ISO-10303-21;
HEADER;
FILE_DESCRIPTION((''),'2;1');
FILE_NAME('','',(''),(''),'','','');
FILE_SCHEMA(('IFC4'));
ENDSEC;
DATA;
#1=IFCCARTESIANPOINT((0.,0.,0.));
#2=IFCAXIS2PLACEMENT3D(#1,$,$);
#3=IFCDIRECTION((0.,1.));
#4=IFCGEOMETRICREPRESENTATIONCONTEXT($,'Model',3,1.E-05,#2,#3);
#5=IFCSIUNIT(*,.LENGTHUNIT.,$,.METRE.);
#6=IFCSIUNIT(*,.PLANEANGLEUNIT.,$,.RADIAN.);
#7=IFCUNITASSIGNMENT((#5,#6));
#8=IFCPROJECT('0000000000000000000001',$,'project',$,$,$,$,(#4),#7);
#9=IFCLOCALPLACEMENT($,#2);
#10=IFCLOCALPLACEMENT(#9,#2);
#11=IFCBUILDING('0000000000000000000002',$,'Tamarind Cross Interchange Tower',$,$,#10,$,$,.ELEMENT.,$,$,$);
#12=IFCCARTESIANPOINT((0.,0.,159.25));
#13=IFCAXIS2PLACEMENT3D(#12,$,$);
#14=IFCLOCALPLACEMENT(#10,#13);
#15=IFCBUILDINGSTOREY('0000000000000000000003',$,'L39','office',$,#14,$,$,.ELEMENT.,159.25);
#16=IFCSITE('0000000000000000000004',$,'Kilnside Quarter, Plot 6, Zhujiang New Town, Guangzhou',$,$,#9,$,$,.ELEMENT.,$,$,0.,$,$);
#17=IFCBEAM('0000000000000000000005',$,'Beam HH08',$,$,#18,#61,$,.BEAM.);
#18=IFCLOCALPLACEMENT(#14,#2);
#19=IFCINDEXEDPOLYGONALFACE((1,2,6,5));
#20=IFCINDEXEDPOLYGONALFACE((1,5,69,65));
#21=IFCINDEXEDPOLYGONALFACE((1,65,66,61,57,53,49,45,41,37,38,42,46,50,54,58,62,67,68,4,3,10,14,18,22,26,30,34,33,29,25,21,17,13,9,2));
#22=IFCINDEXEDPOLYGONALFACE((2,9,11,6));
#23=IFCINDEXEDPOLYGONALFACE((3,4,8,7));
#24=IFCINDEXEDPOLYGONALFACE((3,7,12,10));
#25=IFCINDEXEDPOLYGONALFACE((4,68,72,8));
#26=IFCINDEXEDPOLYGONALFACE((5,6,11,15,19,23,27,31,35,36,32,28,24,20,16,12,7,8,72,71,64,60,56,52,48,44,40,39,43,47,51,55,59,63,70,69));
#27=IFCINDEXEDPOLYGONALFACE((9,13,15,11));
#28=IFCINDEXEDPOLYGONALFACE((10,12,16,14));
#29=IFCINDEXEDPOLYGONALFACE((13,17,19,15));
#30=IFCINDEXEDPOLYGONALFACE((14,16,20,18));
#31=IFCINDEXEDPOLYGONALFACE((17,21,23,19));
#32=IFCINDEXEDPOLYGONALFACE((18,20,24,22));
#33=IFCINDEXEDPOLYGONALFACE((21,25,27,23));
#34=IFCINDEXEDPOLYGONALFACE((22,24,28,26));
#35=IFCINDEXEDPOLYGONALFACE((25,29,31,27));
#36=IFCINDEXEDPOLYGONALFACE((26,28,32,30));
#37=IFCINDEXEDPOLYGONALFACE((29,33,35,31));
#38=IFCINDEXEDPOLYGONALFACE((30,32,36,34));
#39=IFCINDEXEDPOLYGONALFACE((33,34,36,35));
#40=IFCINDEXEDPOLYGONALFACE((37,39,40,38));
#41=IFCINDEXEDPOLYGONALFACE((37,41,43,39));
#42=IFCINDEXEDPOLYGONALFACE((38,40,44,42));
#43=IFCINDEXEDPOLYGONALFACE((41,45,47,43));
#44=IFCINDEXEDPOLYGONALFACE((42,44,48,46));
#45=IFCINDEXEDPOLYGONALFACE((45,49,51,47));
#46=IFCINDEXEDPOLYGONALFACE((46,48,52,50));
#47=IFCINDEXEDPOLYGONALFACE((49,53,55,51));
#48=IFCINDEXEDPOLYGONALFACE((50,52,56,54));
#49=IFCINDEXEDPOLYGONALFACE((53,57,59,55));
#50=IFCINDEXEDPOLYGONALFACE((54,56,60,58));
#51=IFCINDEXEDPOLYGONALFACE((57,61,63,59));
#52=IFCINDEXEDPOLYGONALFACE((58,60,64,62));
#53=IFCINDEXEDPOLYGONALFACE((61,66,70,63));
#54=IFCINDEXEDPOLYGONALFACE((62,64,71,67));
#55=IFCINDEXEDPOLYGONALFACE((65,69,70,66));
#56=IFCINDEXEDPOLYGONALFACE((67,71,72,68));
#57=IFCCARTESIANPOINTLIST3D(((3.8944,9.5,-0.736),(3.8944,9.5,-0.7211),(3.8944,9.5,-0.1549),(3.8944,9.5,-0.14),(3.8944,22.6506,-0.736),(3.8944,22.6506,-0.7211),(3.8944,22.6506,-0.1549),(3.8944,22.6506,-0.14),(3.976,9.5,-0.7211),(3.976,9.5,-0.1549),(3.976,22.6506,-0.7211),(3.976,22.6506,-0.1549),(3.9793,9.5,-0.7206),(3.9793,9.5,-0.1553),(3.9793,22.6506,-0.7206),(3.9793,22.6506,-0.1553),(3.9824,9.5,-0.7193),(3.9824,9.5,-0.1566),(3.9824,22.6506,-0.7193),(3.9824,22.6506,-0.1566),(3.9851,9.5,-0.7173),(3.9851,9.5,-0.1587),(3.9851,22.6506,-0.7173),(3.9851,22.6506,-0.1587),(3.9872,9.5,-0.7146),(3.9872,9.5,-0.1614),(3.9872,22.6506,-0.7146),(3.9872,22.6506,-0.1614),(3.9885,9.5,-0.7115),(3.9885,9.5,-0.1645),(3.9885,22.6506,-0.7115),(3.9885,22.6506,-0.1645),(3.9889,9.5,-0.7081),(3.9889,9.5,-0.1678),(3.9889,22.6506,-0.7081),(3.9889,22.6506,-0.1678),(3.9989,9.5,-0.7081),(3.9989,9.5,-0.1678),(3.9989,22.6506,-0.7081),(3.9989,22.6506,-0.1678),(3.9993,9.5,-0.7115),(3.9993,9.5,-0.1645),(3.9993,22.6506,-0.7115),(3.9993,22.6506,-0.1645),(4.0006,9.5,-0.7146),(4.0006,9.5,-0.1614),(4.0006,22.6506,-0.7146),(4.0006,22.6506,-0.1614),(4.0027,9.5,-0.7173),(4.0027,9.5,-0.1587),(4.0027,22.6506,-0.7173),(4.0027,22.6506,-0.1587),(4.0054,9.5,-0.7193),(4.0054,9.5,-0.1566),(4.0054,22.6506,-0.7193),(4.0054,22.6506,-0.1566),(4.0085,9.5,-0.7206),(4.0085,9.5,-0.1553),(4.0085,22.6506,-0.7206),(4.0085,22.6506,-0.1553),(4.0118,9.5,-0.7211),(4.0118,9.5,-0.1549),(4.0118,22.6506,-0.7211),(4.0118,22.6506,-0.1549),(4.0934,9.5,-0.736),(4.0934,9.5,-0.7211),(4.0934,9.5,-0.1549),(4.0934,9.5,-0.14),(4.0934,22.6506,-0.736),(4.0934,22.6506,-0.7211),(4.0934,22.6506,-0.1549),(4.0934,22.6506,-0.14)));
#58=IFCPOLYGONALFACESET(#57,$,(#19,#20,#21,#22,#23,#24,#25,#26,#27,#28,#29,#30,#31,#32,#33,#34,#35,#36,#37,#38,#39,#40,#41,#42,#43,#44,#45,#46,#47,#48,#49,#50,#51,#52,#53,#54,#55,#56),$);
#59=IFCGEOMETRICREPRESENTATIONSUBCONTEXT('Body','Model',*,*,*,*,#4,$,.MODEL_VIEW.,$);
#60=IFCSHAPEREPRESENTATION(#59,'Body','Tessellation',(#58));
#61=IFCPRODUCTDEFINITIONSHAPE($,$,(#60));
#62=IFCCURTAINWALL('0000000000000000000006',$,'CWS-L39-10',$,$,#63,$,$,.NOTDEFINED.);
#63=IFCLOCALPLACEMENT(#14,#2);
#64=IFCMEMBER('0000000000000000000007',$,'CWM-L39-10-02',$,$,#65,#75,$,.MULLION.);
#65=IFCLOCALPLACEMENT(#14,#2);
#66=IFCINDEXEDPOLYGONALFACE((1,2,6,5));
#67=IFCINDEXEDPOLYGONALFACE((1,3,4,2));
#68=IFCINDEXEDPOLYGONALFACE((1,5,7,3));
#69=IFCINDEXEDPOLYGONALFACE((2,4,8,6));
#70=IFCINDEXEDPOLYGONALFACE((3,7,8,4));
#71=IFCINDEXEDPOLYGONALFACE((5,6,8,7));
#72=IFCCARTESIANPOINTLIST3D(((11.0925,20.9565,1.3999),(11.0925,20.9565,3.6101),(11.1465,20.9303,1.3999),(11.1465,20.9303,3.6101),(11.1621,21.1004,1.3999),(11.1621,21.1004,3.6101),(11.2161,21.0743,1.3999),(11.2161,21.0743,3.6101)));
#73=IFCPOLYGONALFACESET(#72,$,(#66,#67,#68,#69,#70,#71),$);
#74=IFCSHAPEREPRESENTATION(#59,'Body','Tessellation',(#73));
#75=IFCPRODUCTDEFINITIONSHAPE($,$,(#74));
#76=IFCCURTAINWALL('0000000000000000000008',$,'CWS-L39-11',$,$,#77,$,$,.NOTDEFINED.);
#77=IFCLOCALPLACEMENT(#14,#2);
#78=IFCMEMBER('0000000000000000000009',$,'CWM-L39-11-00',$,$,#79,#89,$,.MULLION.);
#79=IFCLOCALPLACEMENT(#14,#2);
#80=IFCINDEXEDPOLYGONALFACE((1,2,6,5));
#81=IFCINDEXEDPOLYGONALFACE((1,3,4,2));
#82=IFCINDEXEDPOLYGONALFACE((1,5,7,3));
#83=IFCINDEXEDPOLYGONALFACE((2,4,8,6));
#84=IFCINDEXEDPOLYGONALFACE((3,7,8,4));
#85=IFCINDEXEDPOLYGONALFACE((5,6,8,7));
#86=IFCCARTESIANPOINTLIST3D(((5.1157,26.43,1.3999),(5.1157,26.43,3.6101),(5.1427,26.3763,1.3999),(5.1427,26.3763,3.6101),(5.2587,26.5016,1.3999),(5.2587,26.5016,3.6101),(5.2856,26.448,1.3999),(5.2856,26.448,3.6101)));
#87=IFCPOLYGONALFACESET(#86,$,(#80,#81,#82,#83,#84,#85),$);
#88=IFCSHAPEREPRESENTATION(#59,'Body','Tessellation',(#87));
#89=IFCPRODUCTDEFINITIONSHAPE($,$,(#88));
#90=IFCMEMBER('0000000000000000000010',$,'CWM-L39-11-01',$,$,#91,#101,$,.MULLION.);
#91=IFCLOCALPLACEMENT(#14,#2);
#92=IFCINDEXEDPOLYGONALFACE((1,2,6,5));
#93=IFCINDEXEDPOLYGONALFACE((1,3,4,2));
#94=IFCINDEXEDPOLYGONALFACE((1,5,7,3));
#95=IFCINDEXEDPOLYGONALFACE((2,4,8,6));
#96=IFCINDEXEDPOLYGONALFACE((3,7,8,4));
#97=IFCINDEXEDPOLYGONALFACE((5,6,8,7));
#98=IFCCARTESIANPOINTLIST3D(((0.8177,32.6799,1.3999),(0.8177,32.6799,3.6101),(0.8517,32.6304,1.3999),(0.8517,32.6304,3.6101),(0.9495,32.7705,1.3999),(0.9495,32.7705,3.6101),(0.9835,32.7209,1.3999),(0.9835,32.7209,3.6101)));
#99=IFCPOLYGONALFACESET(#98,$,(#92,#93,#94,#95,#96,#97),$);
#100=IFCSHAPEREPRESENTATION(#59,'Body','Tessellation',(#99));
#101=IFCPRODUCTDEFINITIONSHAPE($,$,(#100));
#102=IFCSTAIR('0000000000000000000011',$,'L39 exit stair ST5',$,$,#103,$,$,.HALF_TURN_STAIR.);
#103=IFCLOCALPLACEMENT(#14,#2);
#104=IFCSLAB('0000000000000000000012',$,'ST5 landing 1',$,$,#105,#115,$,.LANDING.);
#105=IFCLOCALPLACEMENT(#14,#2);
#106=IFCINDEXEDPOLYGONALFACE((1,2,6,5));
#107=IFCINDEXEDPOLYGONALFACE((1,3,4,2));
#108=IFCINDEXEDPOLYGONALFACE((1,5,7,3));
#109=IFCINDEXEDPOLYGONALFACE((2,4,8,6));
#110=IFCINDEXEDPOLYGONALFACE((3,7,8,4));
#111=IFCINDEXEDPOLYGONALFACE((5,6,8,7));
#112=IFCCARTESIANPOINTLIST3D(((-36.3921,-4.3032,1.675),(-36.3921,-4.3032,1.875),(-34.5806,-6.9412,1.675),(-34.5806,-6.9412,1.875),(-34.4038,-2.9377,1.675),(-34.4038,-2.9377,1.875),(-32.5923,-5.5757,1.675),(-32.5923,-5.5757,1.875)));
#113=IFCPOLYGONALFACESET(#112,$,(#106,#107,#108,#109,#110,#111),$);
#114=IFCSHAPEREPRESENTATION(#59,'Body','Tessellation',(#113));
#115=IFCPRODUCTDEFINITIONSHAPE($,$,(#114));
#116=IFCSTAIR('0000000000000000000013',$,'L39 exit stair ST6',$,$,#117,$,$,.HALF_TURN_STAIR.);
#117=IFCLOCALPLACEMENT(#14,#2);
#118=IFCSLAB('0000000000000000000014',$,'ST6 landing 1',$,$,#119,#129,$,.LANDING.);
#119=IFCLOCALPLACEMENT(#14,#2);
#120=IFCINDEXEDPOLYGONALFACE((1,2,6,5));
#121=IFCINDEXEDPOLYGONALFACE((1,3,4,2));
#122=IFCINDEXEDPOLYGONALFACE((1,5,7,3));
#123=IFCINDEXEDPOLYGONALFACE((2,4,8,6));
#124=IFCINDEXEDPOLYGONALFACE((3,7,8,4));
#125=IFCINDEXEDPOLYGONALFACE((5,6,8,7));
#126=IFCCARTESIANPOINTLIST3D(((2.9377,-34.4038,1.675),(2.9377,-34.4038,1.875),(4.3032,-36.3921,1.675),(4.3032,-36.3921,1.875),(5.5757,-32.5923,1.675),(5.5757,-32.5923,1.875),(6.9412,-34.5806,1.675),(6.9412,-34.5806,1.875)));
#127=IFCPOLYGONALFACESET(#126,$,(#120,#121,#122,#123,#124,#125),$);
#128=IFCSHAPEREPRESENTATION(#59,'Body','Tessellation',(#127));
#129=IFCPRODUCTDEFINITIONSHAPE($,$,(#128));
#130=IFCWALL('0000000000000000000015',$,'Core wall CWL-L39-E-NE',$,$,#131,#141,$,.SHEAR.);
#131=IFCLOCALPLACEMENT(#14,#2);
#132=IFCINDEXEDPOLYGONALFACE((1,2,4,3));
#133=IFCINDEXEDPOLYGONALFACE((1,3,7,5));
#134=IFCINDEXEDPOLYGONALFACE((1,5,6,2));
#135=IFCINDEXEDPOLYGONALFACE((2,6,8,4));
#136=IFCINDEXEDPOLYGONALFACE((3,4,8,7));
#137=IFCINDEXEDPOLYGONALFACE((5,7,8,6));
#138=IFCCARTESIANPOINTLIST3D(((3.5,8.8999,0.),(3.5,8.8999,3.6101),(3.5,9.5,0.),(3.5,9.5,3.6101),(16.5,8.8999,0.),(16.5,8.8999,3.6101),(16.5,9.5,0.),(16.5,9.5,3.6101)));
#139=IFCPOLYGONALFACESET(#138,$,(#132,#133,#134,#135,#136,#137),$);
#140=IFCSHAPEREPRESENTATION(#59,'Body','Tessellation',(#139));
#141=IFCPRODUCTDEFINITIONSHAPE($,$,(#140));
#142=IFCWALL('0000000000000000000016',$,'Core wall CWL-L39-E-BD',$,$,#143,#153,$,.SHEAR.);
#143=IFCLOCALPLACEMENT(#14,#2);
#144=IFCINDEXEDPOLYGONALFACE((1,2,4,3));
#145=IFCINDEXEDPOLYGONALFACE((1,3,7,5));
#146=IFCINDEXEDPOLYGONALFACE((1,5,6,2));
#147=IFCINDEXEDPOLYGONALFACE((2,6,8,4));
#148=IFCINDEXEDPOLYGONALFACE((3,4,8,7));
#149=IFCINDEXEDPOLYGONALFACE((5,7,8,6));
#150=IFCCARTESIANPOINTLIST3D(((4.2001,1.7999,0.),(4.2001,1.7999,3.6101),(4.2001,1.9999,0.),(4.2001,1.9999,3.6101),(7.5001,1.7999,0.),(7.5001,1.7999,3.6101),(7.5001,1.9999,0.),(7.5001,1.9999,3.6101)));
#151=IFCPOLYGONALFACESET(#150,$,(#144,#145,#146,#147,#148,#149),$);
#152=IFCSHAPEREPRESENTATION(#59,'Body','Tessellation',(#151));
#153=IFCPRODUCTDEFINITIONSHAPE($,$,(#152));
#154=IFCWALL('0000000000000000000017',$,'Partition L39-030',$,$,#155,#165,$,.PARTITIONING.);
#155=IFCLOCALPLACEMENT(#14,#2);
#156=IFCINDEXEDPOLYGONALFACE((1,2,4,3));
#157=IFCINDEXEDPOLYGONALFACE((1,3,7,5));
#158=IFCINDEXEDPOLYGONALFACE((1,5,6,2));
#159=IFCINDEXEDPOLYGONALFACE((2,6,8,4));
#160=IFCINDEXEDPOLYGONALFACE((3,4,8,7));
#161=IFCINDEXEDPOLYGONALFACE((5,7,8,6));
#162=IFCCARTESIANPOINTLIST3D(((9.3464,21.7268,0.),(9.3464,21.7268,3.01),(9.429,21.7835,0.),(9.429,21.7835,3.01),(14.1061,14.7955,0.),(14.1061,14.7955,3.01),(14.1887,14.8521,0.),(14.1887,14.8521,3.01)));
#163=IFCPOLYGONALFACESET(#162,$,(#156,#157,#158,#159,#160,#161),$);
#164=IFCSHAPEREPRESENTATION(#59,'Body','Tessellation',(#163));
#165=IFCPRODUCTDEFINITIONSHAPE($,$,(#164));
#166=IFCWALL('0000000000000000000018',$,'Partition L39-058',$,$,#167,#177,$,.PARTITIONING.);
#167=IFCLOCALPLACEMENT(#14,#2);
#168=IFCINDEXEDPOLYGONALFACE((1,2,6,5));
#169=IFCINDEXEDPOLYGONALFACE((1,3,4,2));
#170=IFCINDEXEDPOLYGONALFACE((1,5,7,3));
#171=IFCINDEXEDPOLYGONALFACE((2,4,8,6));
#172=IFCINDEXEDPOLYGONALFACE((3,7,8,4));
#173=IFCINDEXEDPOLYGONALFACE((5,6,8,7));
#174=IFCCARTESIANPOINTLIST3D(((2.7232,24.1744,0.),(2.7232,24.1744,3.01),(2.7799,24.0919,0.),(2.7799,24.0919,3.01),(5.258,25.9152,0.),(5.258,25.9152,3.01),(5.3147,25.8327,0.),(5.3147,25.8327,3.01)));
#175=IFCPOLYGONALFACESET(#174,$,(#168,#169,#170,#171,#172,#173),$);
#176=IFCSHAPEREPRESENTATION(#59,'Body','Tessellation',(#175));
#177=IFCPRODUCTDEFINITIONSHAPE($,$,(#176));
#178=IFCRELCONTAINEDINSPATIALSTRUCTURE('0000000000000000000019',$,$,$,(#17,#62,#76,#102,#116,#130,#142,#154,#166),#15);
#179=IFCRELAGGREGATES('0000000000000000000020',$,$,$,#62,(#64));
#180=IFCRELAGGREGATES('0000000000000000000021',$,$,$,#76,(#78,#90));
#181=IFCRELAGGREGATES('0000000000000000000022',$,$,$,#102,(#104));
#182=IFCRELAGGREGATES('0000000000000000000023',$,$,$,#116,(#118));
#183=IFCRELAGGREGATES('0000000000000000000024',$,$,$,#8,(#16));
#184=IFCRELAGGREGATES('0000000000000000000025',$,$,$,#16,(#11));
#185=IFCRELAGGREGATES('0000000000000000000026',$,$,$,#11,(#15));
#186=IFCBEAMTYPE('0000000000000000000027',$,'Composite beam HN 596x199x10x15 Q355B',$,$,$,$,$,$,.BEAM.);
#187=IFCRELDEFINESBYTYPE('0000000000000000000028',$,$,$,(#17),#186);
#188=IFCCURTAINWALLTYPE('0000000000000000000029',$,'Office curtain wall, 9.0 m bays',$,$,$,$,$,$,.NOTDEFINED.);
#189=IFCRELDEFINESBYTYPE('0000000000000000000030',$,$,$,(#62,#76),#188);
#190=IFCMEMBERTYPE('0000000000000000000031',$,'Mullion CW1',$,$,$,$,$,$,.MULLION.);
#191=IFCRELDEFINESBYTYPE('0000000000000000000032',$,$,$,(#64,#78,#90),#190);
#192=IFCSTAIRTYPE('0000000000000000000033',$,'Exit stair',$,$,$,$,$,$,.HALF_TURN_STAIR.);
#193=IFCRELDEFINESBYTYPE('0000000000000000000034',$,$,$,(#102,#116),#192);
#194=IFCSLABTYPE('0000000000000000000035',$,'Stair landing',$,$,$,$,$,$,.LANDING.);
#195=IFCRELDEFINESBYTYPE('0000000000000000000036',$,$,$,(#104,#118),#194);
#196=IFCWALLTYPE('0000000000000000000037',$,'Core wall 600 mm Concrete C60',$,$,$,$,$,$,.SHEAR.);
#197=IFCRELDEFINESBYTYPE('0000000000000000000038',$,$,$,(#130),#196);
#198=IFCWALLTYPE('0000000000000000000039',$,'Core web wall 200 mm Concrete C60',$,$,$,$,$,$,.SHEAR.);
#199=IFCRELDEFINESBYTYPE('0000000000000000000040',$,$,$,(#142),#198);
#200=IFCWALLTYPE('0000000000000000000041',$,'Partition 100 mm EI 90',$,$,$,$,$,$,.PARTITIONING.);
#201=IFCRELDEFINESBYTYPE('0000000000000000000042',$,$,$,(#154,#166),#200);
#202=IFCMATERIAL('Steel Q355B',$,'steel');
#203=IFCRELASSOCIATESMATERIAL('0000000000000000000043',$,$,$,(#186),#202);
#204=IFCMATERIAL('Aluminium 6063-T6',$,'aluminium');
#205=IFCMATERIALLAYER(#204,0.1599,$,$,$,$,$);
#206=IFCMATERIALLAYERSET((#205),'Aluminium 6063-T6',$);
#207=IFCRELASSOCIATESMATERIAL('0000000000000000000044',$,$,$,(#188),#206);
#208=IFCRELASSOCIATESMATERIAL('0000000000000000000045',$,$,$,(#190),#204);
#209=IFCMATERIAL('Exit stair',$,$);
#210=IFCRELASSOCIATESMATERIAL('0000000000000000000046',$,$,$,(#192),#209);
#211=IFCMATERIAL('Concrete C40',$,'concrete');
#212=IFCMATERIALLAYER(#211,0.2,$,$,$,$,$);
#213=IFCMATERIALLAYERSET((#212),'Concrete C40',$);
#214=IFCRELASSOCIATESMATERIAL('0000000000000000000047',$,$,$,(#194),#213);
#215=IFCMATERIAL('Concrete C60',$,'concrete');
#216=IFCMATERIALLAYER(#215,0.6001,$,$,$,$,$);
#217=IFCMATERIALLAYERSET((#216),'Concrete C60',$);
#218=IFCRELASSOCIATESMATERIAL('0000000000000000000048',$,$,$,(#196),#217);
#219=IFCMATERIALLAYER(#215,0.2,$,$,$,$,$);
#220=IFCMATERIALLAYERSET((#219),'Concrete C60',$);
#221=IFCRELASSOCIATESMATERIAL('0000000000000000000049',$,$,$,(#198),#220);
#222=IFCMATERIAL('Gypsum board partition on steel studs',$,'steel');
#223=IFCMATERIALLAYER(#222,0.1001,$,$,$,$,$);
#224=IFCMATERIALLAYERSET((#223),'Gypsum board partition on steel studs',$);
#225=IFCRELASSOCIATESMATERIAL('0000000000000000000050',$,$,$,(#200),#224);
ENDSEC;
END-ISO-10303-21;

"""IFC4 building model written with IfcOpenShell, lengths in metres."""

from ifc_helpers import new_model, si_unit, direction, frame, frame_2d, origin, origin_2d, place, context, subcontext, project, spatial, polyline, rectangle, i_section, outline, extrude, material, layer, layer_set, material_profile, profile_set, type_object, element, aggregate, save


model = new_model("IFC4")

# Units and contexts
model_context = context("Model", 3, precision=1e-05, world=origin(), true_north=direction((0.0, 1.0)))
body_context = subcontext(model_context, "Body", "Model", "MODEL_VIEW")
ifc_project = project(units=[si_unit("LENGTHUNIT", "METRE"), si_unit("PLANEANGLEUNIT", "RADIAN")], contexts=[model_context])

# Site, building, storey
site_placement = place(None, origin())
site = spatial("IfcSite", under=ifc_project, at=site_placement, Name="Kilnside Quarter, Plot 6, Zhujiang New Town, Guangzhou", CompositionType="ELEMENT", RefElevation=0.0)
building_placement = place(site_placement, origin())
building = spatial("IfcBuilding", under=site, at=building_placement, Name="Tamarind Cross Interchange Tower", CompositionType="ELEMENT")
storey_placement = place(building_placement, frame((0.0, 0.0, 159.25)))
storey = spatial("IfcBuildingStorey", under=building, at=storey_placement, Name="L39", Description="office", CompositionType="ELEMENT", Elevation=159.25)

# Shared definitions
ifc_material_1 = material(Name="Concrete C60", Category="concrete")

# Beam
ifc_material_2 = material(Name="Steel Q355B", Category="steel")
ifc_material_profile_1 = material_profile(ifc_material_2, i_section(OverallWidth=0.199, OverallDepth=0.5959, WebThickness=0.01, FlangeThickness=0.0149, FilletRadius=0.0129, at=origin_2d()), Name="HN 596x199x10x15")
ifc_profile_set_1 = profile_set([ifc_material_profile_1], Name="Steel Q355B")
beam_type = type_object("IfcBeamType", Name="Composite beam HN 596x199x10x15 Q355B", PredefinedType="BEAM", material=ifc_profile_set_1)
beam_1_placement = place(storey_placement, frame((3.9939, 22.6506, -0.438), z_axis=(0.0, -1.0, 0.0), x_axis=(1.0, 0.0, 0.0)))
element("IfcBeam", 1, at=beam_1_placement, inside=storey, type_object=beam_type, Name="Beam HH08", PredefinedType="BEAM", context=body_context, shape_type="SweptSolid", body=[
    extrude(i_section(OverallWidth=0.199, OverallDepth=0.5959, WebThickness=0.01, FlangeThickness=0.0149, FilletRadius=0.0129, at=origin_2d()), origin(), (0.0, 0.0, 1.0), 13.1506),
])

# Curtain wall, member
ifc_material_3 = material(Name="Aluminium 6063-T6", Category="aluminium")
ifc_layer_1 = layer(ifc_material_3, 0.1599)
ifc_layer_set_1 = layer_set([ifc_layer_1], Name="Aluminium 6063-T6")
curtain_wall_type = type_object("IfcCurtainWallType", Name="Office curtain wall, 9.0 m bays", PredefinedType="NOTDEFINED", material=ifc_layer_set_1)
curtain_wall_1_placement = place(storey_placement, origin())
curtain_wall_1 = element("IfcCurtainWall", 2, at=curtain_wall_1_placement, inside=storey, type_object=curtain_wall_type, Name="CWS-L39-10", PredefinedType="NOTDEFINED")
ifc_material_profile_2 = material_profile(ifc_material_3, rectangle(XDim=0.0601, YDim=0.1599, at=origin_2d()), Name="Mullion CW1")
ifc_profile_set_2 = profile_set([ifc_material_profile_2], Name="Aluminium 6063-T6")
member_type = type_object("IfcMemberType", Name="Mullion CW1", PredefinedType="MULLION", material=ifc_profile_set_2)
member_1_placement = place(storey_placement, frame((11.1543, 21.0154, 1.3999), z_axis=(0.0, 0.0, 1.0), x_axis=(-0.900273, 0.435326, 0.0)))
member_1 = element("IfcMember", 3, at=member_1_placement, type_object=member_type, Name="CWM-L39-10-02", PredefinedType="MULLION", context=body_context, shape_type="SweptSolid", body=[
    extrude(rectangle(XDim=0.0601, YDim=0.1599, at=origin_2d()), origin(), (0.0, 0.0, 1.0), 2.2102),
])
aggregate(curtain_wall_1, [member_1])

# Curtain wall, members
curtain_wall_2_placement = place(storey_placement, origin())
curtain_wall_2 = element("IfcCurtainWall", 4, at=curtain_wall_2_placement, inside=storey, type_object=curtain_wall_type, Name="CWS-L39-11", PredefinedType="NOTDEFINED")
member_2_placement = place(storey_placement, frame((5.2007, 26.439, 1.3999), z_axis=(0.0, 0.0, 1.0), x_axis=(-0.448204, 0.893931, 0.0)))
member_2 = element("IfcMember", 5, at=member_2_placement, type_object=member_type, Name="CWM-L39-11-00", PredefinedType="MULLION", context=body_context, shape_type="SweptSolid", body=[
    extrude(rectangle(XDim=0.0601, YDim=0.1599, at=origin_2d()), origin(), (0.0, 0.0, 1.0), 2.2102),
])
member_3_placement = place(storey_placement, frame((0.9006, 32.7004, 1.3999), z_axis=(0.0, 0.0, 1.0), x_axis=(-0.566096, 0.82434, 0.0)))
member_3 = element("IfcMember", 6, at=member_3_placement, type_object=member_type, Name="CWM-L39-11-01", PredefinedType="MULLION", context=body_context, shape_type="SweptSolid", body=[
    extrude(rectangle(XDim=0.0601, YDim=0.1599, at=origin_2d()), origin(), (0.0, 0.0, 1.0), 2.2102),
])
aggregate(curtain_wall_2, [member_2, member_3])

# Stairs, slabs
ifc_material_4 = material(Name="Exit stair")
stair_type = type_object("IfcStairType", Name="Exit stair", PredefinedType="HALF_TURN_STAIR", material=ifc_material_4)
stair_1_placement = place(storey_placement, origin())
stair_1 = element("IfcStair", 7, at=stair_1_placement, inside=storey, type_object=stair_type, Name="L39 exit stair ST5", PredefinedType="HALF_TURN_STAIR")
ifc_material_5 = material(Name="Concrete C40", Category="concrete")
ifc_layer_2 = layer(ifc_material_5, 0.2)
ifc_layer_set_2 = layer_set([ifc_layer_2], Name="Concrete C40")
slab_type = type_object("IfcSlabType", Name="Stair landing", PredefinedType="LANDING", material=ifc_layer_set_2)
slab_1_placement = place(storey_placement, frame((0.0, 0.0, 1.675)))
slab_1 = element("IfcSlab", 8, at=slab_1_placement, type_object=slab_type, Name="ST5 landing 1", PredefinedType="LANDING", context=body_context, shape_type="SweptSolid", body=[
    extrude(outline(polyline([(-34.4038, -2.9377), (-36.3921, -4.3032), (-34.5806, -6.9412), (-32.5923, -5.5757), (-34.4038, -2.9377)])), origin(), (0.0, 0.0, 1.0), 0.2),
])
aggregate(stair_1, [slab_1])
stair_2_placement = place(storey_placement, origin())
stair_2 = element("IfcStair", 9, at=stair_2_placement, inside=storey, type_object=stair_type, Name="L39 exit stair ST6", PredefinedType="HALF_TURN_STAIR")
slab_2_placement = place(storey_placement, frame((0.0, 0.0, 1.675)))
slab_2 = element("IfcSlab", 10, at=slab_2_placement, type_object=slab_type, Name="ST6 landing 1", PredefinedType="LANDING", context=body_context, shape_type="SweptSolid", body=[
    extrude(outline(polyline([(2.9377, -34.4038), (4.3032, -36.3921), (6.9412, -34.5806), (5.5757, -32.5923), (2.9377, -34.4038)])), origin(), (0.0, 0.0, 1.0), 0.2),
])
aggregate(stair_2, [slab_2])

# Walls
ifc_layer_3 = layer(ifc_material_1, 0.6001)
ifc_layer_set_3 = layer_set([ifc_layer_3], Name="Concrete C60")
wall_type_1 = type_object("IfcWallType", Name="Core wall 600 mm Concrete C60", PredefinedType="SHEAR", material=ifc_layer_set_3)
wall_1_placement = place(storey_placement, frame((16.5, 9.2, 0.0), z_axis=(0.0, 0.0, 1.0), x_axis=(-1.0, 0.0, 0.0)))
element("IfcWall", 11, at=wall_1_placement, inside=storey, type_object=wall_type_1, Name="Core wall CWL-L39-E-NE", PredefinedType="SHEAR", context=body_context, shape_type="SweptSolid", body=[
    extrude(rectangle(XDim=13.0, YDim=0.6001, at=frame_2d((6.5, 0.0))), origin(), (0.0, 0.0, 1.0), 3.6101),
])
ifc_layer_4 = layer(ifc_material_1, 0.2)
ifc_layer_set_4 = layer_set([ifc_layer_4], Name="Concrete C60")
wall_type_2 = type_object("IfcWallType", Name="Core web wall 200 mm Concrete C60", PredefinedType="SHEAR", material=ifc_layer_set_4)
wall_2_placement = place(storey_placement, frame((7.5, 1.8999, 0.0), z_axis=(0.0, 0.0, 1.0), x_axis=(-1.0, 0.0, 0.0)))
element("IfcWall", 12, at=wall_2_placement, inside=storey, type_object=wall_type_2, Name="Core wall CWL-L39-E-BD", PredefinedType="SHEAR", context=body_context, shape_type="SweptSolid", body=[
    extrude(rectangle(XDim=3.3, YDim=0.2, at=frame_2d((1.6499, 0.0))), origin(), (0.0, 0.0, 1.0), 3.6101),
])
ifc_material_6 = material(Name="Gypsum board partition on steel studs", Category="steel")
ifc_layer_5 = layer(ifc_material_6, 0.1001)
ifc_layer_set_5 = layer_set([ifc_layer_5], Name="Gypsum board partition on steel studs")
wall_type_3 = type_object("IfcWallType", Name="Partition 100 mm EI 90", PredefinedType="PARTITIONING", material=ifc_layer_set_5)
wall_3_placement = place(storey_placement, frame((9.3877, 21.7551, 0.0), z_axis=(0.0, 0.0, 1.0), x_axis=(0.566079, -0.824351, 0.0)))
element("IfcWall", 13, at=wall_3_placement, inside=storey, type_object=wall_type_3, Name="Partition L39-030", PredefinedType="PARTITIONING", context=body_context, shape_type="SweptSolid", body=[
    extrude(rectangle(XDim=8.4082, YDim=0.1001, at=frame_2d((4.2041, 0.0))), origin(), (0.0, 0.0, 1.0), 3.01),
])
wall_4_placement = place(storey_placement, frame((2.7515, 24.1331, 0.0), z_axis=(0.0, 0.0, 1.0), x_axis=(0.824324, 0.566118, 0.0)))
element("IfcWall", 14, at=wall_4_placement, inside=storey, type_object=wall_type_3, Name="Partition L39-058", PredefinedType="PARTITIONING", context=body_context, shape_type="SweptSolid", body=[
    extrude(rectangle(XDim=3.075, YDim=0.1001, at=frame_2d((1.5376, 0.0))), origin(), (0.0, 0.0, 1.0), 3.01),
])

save(model, "model.ifc")
